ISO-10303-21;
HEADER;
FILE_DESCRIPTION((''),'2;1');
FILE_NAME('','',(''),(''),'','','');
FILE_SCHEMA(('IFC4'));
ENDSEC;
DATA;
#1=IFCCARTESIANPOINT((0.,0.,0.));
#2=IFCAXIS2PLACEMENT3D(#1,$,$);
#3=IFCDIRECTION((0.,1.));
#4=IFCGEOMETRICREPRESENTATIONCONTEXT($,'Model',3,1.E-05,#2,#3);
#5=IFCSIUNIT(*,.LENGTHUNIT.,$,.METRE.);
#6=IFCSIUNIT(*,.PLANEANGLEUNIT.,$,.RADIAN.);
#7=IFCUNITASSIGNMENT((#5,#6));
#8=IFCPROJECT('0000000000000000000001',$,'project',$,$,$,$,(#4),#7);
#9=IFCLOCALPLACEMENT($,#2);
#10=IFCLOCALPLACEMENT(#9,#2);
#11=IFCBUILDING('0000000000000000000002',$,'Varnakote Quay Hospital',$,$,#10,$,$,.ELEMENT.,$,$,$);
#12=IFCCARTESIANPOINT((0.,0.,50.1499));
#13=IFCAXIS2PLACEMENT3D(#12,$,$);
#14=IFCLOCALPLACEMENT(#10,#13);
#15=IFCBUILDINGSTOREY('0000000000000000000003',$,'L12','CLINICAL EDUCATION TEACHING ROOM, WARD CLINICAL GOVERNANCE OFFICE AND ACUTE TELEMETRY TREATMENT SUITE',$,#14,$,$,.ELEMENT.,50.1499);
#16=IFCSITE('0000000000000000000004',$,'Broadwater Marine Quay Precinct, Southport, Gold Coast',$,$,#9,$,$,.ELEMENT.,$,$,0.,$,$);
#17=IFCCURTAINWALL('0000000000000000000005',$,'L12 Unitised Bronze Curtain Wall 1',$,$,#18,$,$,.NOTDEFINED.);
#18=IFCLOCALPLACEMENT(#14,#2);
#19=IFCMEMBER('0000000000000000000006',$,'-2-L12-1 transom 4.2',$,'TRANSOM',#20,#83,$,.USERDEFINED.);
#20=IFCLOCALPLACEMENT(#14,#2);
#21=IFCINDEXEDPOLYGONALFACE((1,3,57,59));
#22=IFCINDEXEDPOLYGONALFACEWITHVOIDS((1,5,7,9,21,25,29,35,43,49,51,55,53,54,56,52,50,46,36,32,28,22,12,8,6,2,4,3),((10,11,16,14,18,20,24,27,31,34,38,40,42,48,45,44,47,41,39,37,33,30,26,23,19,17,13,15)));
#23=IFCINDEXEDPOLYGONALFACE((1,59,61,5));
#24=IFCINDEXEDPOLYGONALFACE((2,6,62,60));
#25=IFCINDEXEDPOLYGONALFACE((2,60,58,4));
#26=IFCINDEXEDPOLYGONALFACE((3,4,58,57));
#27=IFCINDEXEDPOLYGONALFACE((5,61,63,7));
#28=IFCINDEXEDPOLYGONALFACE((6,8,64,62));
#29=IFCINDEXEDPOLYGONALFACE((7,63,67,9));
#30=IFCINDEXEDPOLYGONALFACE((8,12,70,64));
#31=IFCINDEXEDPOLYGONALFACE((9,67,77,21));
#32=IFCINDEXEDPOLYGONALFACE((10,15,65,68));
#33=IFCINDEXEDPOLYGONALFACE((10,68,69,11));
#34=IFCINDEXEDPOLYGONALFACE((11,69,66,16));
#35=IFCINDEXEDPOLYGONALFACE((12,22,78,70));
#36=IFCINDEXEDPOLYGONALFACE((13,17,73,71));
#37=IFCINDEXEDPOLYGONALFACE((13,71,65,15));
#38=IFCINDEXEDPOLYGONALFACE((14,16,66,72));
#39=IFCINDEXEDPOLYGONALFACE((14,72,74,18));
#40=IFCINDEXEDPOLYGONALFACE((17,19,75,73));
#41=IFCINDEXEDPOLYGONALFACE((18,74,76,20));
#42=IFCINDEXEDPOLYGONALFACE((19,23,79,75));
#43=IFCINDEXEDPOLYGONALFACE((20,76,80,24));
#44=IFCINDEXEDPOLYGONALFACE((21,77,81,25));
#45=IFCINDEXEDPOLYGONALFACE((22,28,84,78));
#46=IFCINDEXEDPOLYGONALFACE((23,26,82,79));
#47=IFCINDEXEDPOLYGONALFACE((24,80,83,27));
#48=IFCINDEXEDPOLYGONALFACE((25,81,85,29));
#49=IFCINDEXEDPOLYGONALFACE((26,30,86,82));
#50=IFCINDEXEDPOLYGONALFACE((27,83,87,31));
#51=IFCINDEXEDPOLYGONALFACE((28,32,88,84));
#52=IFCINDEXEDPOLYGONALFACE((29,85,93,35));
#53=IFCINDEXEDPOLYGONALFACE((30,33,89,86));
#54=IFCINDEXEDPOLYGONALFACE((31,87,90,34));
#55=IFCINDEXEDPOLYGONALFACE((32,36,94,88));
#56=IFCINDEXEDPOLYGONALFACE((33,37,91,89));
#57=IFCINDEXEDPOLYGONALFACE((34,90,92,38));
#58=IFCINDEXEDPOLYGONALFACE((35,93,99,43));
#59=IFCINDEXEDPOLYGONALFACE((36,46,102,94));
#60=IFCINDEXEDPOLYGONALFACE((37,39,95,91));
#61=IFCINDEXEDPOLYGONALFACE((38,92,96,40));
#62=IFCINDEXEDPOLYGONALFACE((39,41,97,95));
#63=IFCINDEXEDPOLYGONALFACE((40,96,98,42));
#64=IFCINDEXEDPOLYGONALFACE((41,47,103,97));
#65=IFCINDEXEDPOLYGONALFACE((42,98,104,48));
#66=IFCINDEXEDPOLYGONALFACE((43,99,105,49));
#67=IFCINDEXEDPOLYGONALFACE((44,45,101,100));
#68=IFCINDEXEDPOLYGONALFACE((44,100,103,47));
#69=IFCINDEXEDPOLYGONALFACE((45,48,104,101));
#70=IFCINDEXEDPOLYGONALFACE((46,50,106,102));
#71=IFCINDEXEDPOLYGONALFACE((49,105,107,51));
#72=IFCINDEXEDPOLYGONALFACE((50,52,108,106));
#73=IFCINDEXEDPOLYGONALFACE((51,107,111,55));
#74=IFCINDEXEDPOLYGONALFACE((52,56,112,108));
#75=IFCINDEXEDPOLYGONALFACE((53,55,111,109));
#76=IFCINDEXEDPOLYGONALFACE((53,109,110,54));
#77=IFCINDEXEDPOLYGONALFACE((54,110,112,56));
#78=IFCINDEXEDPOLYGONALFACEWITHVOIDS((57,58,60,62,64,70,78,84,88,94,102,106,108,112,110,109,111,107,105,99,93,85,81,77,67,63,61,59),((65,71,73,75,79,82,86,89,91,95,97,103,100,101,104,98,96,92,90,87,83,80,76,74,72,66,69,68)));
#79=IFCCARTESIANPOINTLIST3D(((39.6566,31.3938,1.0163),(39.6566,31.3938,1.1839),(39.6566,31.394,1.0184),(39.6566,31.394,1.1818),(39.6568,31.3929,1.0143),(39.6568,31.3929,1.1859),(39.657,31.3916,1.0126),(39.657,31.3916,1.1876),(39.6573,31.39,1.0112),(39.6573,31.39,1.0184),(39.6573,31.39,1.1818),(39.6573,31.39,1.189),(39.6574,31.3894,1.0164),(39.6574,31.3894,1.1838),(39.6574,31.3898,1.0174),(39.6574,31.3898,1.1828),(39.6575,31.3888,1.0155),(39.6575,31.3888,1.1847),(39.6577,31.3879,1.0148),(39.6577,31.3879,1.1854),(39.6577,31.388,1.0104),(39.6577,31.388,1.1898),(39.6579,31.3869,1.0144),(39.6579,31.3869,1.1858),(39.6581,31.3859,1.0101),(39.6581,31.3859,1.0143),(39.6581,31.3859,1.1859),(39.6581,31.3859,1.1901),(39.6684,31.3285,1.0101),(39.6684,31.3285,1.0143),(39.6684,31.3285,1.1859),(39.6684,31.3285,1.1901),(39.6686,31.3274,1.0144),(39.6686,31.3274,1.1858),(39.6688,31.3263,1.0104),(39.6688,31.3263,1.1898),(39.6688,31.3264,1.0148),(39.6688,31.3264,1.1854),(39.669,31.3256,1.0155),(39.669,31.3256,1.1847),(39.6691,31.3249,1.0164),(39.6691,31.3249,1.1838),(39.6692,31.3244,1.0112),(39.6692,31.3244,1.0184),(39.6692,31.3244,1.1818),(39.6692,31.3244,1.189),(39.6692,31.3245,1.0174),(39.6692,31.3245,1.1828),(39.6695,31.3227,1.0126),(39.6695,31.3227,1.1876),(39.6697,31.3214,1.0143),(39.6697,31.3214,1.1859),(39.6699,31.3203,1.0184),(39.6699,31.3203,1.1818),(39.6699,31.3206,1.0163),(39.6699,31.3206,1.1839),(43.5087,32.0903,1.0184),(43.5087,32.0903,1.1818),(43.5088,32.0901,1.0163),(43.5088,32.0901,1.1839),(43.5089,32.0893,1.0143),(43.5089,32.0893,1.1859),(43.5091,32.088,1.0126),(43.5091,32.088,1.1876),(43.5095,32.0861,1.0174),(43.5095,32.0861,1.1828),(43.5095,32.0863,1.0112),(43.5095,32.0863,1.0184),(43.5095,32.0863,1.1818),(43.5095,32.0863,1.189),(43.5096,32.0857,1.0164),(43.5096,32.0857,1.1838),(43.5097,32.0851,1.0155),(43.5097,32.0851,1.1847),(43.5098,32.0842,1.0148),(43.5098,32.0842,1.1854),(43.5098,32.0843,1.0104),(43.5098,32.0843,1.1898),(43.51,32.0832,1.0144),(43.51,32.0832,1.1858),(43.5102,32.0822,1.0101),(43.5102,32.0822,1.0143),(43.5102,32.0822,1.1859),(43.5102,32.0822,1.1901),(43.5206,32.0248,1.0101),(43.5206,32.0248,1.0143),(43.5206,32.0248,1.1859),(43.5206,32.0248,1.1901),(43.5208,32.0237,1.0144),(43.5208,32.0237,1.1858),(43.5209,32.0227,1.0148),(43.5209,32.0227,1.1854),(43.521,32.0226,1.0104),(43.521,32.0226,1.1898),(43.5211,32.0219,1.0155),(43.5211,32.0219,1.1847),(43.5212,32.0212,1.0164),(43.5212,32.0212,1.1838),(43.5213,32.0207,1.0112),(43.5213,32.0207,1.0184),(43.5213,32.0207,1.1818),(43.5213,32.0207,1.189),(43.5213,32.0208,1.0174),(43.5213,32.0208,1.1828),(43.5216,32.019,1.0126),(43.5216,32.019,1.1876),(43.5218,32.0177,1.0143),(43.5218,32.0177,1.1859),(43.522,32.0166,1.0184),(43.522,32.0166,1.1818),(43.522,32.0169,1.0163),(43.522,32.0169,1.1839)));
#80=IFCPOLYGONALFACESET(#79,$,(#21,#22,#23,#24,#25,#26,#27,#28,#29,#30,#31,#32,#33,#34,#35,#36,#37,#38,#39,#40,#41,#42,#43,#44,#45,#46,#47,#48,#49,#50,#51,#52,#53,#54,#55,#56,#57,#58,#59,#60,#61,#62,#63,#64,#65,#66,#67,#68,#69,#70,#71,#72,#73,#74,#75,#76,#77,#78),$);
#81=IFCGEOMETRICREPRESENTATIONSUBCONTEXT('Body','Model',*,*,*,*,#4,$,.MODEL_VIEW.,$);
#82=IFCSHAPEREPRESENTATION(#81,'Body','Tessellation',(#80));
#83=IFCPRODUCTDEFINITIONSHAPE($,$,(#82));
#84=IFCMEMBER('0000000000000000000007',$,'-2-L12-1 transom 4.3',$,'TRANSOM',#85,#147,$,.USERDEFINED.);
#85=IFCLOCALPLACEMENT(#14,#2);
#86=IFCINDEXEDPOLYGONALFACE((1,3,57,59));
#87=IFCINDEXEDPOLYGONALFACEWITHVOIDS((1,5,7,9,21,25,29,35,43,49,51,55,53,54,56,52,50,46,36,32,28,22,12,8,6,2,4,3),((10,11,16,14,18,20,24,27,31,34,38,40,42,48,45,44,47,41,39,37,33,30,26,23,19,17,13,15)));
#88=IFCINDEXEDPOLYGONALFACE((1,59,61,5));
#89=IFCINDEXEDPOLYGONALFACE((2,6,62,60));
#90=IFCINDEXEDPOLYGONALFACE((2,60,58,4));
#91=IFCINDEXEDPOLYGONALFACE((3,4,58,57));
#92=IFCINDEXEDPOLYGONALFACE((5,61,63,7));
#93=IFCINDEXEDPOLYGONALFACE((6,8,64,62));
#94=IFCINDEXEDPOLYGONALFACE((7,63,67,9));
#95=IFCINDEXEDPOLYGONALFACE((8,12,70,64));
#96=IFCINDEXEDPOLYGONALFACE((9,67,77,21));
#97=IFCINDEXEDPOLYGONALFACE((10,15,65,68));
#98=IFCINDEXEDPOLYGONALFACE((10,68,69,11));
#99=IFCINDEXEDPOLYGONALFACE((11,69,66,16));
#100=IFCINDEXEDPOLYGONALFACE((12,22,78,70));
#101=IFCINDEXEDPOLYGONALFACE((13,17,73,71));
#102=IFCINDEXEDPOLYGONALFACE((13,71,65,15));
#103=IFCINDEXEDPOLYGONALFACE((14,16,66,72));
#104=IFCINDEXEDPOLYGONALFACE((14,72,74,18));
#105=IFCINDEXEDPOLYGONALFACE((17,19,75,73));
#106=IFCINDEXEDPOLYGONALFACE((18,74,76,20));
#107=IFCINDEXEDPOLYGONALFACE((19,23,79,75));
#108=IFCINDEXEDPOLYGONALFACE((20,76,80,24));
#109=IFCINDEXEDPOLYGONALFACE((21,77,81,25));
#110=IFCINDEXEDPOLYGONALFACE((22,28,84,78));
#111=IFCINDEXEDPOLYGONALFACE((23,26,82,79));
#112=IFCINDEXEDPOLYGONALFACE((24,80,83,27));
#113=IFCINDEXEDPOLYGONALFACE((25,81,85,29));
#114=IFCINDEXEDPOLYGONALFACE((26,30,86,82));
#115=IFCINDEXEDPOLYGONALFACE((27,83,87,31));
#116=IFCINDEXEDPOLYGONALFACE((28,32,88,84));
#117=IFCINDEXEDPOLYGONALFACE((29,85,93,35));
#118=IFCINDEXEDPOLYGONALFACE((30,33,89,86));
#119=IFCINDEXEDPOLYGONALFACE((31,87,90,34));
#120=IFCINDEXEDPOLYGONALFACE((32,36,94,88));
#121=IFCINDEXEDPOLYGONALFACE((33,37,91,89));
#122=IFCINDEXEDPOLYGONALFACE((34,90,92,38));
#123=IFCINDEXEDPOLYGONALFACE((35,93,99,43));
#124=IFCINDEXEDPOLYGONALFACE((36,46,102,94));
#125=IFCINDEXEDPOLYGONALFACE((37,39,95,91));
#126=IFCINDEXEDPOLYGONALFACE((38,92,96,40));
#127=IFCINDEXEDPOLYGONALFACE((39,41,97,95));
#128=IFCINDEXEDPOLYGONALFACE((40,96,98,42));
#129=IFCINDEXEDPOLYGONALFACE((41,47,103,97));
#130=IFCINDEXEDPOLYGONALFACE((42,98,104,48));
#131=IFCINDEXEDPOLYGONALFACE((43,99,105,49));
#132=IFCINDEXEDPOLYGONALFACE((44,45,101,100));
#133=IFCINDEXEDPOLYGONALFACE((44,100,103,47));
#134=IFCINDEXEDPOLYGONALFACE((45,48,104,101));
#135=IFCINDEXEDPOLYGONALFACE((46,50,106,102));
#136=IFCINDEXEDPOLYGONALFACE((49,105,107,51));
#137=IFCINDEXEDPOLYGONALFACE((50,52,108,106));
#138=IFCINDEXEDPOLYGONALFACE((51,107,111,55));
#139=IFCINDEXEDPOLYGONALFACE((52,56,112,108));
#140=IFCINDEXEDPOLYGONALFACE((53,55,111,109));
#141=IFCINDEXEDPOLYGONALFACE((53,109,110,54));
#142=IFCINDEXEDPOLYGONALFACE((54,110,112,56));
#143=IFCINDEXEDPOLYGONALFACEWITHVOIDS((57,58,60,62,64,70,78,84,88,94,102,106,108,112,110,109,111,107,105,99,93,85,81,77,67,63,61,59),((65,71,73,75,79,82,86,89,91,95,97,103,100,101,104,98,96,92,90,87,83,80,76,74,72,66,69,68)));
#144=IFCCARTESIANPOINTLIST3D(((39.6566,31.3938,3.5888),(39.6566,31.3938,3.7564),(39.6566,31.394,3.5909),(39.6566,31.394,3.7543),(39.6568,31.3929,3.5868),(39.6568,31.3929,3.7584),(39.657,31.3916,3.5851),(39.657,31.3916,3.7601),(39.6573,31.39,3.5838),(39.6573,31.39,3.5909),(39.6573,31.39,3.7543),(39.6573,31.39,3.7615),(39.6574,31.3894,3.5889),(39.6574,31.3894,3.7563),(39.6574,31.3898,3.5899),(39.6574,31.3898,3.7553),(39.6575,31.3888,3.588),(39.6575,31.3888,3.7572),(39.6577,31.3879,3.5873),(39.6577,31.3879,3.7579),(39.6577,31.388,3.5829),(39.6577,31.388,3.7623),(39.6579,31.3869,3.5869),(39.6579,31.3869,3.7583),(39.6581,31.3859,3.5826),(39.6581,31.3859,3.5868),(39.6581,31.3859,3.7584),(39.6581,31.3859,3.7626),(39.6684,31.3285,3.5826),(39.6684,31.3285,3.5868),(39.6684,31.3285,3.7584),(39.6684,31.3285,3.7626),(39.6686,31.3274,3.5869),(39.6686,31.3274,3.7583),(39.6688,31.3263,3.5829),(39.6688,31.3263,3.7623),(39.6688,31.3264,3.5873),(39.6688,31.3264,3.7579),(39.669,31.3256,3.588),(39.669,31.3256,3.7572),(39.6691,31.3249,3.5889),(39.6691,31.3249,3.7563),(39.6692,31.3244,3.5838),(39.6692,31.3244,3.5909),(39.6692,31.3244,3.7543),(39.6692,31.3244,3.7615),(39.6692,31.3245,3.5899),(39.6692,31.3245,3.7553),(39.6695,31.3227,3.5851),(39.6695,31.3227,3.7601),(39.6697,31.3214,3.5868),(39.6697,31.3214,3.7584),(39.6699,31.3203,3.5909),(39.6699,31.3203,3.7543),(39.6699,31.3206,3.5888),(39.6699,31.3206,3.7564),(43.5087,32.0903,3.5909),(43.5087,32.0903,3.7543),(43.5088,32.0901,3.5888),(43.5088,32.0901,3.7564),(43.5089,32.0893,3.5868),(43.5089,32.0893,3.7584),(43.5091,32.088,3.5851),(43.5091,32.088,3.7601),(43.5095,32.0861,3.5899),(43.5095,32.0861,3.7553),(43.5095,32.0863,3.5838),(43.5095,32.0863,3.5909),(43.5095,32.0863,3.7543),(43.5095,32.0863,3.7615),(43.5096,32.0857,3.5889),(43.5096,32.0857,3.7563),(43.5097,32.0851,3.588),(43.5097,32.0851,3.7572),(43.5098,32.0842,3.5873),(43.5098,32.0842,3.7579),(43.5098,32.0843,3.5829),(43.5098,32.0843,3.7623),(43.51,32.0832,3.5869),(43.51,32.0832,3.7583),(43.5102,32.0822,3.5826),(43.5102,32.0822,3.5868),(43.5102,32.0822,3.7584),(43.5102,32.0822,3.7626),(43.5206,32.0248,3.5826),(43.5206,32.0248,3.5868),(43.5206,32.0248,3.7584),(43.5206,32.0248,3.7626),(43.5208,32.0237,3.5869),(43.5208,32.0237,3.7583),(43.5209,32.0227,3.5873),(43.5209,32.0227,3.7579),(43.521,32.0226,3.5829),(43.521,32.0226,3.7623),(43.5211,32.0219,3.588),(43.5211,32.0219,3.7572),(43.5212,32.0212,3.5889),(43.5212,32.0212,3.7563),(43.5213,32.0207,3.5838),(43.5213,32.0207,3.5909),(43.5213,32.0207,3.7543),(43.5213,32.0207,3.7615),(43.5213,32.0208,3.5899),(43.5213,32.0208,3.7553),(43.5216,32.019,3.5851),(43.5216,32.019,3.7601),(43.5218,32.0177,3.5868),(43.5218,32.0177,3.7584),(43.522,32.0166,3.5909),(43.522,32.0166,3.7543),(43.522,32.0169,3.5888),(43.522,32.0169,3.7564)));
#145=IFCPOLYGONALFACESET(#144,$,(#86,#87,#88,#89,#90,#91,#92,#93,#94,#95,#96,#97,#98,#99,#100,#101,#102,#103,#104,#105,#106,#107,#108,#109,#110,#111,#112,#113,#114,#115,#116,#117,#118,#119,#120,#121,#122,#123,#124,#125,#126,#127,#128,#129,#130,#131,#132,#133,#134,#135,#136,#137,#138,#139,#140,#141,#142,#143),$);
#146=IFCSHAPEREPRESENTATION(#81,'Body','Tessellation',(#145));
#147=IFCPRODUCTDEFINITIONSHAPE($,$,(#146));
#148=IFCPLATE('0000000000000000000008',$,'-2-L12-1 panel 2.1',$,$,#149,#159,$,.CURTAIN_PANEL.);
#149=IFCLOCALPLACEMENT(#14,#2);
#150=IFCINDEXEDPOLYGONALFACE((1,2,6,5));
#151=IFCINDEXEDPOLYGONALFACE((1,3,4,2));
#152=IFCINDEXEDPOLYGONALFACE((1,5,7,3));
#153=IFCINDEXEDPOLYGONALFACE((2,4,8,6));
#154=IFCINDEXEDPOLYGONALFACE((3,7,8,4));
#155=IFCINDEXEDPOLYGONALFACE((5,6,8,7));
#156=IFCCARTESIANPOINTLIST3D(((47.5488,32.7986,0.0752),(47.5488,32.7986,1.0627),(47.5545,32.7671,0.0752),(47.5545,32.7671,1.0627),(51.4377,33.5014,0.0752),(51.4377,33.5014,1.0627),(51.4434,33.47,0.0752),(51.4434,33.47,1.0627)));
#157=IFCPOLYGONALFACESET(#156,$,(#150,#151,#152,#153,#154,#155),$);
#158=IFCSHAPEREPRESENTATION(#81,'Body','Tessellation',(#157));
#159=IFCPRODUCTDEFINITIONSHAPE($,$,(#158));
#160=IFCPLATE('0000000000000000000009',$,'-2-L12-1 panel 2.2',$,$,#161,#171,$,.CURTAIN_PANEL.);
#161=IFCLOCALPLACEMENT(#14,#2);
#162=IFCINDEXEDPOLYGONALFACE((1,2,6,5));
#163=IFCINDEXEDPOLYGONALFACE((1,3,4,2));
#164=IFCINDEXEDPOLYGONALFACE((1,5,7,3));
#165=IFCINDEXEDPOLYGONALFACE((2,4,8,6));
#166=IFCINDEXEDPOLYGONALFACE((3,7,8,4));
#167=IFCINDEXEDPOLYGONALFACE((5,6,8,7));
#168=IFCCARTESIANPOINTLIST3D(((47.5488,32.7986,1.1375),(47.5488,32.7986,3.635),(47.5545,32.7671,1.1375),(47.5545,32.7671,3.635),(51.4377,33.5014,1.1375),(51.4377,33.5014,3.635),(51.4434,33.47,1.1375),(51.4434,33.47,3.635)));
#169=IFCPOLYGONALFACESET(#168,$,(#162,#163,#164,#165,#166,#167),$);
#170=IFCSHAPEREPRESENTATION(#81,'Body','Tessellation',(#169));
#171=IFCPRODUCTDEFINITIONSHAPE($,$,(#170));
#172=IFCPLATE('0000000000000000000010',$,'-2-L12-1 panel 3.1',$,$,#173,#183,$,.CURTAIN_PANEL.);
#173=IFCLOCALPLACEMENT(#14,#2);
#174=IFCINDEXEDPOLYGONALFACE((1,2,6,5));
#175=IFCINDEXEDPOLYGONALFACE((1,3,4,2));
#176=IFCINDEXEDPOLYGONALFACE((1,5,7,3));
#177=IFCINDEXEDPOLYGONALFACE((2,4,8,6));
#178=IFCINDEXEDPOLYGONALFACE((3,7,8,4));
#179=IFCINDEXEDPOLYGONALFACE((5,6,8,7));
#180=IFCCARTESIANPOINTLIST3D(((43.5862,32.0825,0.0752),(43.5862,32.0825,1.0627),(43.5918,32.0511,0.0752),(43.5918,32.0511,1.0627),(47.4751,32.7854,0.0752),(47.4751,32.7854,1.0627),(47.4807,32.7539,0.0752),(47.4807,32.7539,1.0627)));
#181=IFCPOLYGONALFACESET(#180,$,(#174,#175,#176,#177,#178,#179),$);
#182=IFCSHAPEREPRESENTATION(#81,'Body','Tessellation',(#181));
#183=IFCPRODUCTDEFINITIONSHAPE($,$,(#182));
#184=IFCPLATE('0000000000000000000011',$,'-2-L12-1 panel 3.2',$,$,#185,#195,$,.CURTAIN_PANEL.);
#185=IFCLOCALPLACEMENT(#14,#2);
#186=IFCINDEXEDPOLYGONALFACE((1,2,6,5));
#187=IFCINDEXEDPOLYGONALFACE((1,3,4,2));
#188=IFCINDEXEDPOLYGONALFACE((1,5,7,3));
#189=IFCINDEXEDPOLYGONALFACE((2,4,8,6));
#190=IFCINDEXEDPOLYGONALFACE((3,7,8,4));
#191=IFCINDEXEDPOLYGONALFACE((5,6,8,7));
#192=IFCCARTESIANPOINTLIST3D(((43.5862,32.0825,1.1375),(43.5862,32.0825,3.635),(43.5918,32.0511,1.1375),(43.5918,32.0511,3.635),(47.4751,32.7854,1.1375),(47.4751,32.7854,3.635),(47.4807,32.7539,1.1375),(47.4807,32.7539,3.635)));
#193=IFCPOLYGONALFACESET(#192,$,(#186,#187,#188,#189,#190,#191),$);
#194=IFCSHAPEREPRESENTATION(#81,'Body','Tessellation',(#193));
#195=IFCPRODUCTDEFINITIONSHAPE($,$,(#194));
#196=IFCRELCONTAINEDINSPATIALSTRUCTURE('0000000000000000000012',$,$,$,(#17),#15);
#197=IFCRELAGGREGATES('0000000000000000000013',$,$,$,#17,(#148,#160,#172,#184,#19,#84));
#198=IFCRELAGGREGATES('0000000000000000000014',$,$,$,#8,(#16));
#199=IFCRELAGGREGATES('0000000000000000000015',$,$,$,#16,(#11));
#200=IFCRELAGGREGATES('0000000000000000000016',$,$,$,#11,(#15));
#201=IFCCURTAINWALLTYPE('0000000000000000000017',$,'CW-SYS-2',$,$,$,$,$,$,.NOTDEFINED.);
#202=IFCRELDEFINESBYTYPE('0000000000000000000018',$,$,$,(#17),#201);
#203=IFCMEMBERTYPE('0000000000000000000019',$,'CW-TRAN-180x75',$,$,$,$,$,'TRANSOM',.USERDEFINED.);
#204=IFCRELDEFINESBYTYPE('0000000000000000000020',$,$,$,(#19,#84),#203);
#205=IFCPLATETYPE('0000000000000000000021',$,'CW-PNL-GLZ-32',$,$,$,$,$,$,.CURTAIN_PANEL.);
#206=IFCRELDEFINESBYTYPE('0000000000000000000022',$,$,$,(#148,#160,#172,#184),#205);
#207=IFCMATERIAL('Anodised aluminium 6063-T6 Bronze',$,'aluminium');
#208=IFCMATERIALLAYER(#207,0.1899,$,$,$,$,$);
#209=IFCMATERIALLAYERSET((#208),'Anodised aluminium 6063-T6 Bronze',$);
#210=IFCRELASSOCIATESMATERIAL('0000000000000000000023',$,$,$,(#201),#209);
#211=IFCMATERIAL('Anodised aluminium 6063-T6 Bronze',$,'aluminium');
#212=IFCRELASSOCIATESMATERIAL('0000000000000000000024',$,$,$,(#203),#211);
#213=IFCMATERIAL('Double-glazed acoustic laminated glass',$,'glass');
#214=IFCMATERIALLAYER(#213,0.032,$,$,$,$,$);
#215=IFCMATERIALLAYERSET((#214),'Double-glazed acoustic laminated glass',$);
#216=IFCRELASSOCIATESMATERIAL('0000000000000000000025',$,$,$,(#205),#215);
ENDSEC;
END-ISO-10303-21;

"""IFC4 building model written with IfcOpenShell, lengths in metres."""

from ifc_helpers import new_model, si_unit, direction, frame, origin, origin_2d, place, context, subcontext, project, spatial, rectangle, hollow_rectangle, extrude, material, layer, layer_set, material_profile, profile_set, type_object, element, aggregate, save


model = new_model("IFC4")

# Units and contexts
model_context = context("Model", 3, precision=1e-05, world=origin(), true_north=direction((0.0, 1.0)))
body_context = subcontext(model_context, "Body", "Model", "MODEL_VIEW")
ifc_project = project(units=[si_unit("LENGTHUNIT", "METRE"), si_unit("PLANEANGLEUNIT", "RADIAN")], contexts=[model_context])

# Site, building, storey
site_placement = place(None, origin())
site = spatial("IfcSite", under=ifc_project, at=site_placement, Name="Broadwater Marine Quay Precinct, Southport, Gold Coast", CompositionType="ELEMENT", RefElevation=0.0)
building_placement = place(site_placement, origin())
building = spatial("IfcBuilding", under=site, at=building_placement, Name="Varnakote Quay Hospital", CompositionType="ELEMENT")
storey_placement = place(building_placement, frame((0.0, 0.0, 50.1499)))
storey = spatial("IfcBuildingStorey", under=building, at=storey_placement, Name="L12", Description="CLINICAL EDUCATION TEACHING ROOM, WARD CLINICAL GOVERNANCE OFFICE AND ACUTE TELEMETRY TREATMENT SUITE", CompositionType="ELEMENT", Elevation=50.1499)

# Curtain wall, members, plates
ifc_material_1 = material(Name="Anodised aluminium 6063-T6 Bronze", Category="aluminium")
ifc_layer_1 = layer(ifc_material_1, 0.1899)
ifc_layer_set_1 = layer_set([ifc_layer_1], Name="Anodised aluminium 6063-T6 Bronze")
curtain_wall_type = type_object("IfcCurtainWallType", Name="CW-SYS-2", PredefinedType="NOTDEFINED", material=ifc_layer_set_1)
curtain_wall_placement = place(storey_placement, origin())
curtain_wall = element("IfcCurtainWall", 1, at=curtain_wall_placement, inside=storey, type_object=curtain_wall_type, Name="L12 Unitised Bronze Curtain Wall 1", PredefinedType="NOTDEFINED")
ifc_material_2 = material(Name="Anodised aluminium 6063-T6 Bronze", Category="aluminium")
ifc_material_profile_1 = material_profile(ifc_material_2, hollow_rectangle(XDim=0.075, YDim=0.1799, WallThickness=0.0042, InnerFilletRadius=0.0042, OuterFilletRadius=0.0083, at=origin_2d()), Name="CW-TRAN-180x75")
ifc_profile_set_1 = profile_set([ifc_material_profile_1], Name="Anodised aluminium 6063-T6 Bronze")
member_type_1 = type_object("IfcMemberType", Name="CW-TRAN-180x75", ElementType="TRANSOM", PredefinedType="USERDEFINED", material=ifc_profile_set_1)
member_1_placement = place(storey_placement, frame((43.5154, 32.0535, 1.1001), z_axis=(-0.984053, -0.177875, 0.0), x_axis=(0.177875, -0.984053, 0.0)))
member_1 = element("IfcMember", 2, at=member_1_placement, type_object=member_type_1, Name="-2-L12-1 transom 4.2", ObjectType="TRANSOM", PredefinedType="USERDEFINED", context=body_context, shape_type="SweptSolid", body=[
    extrude(hollow_rectangle(XDim=0.075, YDim=0.1799, WallThickness=0.0042, InnerFilletRadius=0.0042, OuterFilletRadius=0.0083, at=origin_2d()), origin(), (0.0, 0.0, 1.0), 3.9146),
])
member_2_placement = place(storey_placement, frame((43.5154, 32.0535, 3.6726), z_axis=(-0.984053, -0.177875, 0.0), x_axis=(0.177875, -0.984053, 0.0)))
member_2 = element("IfcMember", 3, at=member_2_placement, type_object=member_type_1, Name="-2-L12-1 transom 4.3", ObjectType="TRANSOM", PredefinedType="USERDEFINED", context=body_context, shape_type="SweptSolid", body=[
    extrude(hollow_rectangle(XDim=0.075, YDim=0.1799, WallThickness=0.0042, InnerFilletRadius=0.0042, OuterFilletRadius=0.0083, at=origin_2d()), origin(), (0.0, 0.0, 1.0), 3.9146),
])
ifc_material_3 = material(Name="Double-glazed acoustic laminated glass", Category="glass")
ifc_layer_2 = layer(ifc_material_3, 0.032)
ifc_layer_set_2 = layer_set([ifc_layer_2], Name="Double-glazed acoustic laminated glass")
plate_type = type_object("IfcPlateType", Name="CW-PNL-GLZ-32", PredefinedType="CURTAIN_PANEL", material=ifc_layer_set_2)
plate_1_placement = place(storey_placement, frame((49.4961, 33.1343, 0.0752), z_axis=(0.0, 0.0, 1.0), x_axis=(-0.984058, -0.177846, 0.0)))
plate_1 = element("IfcPlate", 4, at=plate_1_placement, type_object=plate_type, Name="-2-L12-1 panel 2.1", PredefinedType="CURTAIN_PANEL", context=body_context, shape_type="SweptSolid", body=[
    extrude(rectangle(XDim=3.9519, YDim=0.032, at=origin_2d()), origin(), (0.0, 0.0, 1.0), 0.9875),
])
plate_2_placement = place(storey_placement, frame((49.4961, 33.1343, 1.1375), z_axis=(0.0, 0.0, 1.0), x_axis=(-0.984058, -0.177846, 0.0)))
plate_2 = element("IfcPlate", 5, at=plate_2_placement, type_object=plate_type, Name="-2-L12-1 panel 2.2", PredefinedType="CURTAIN_PANEL", context=body_context, shape_type="SweptSolid", body=[
    extrude(rectangle(XDim=3.9519, YDim=0.032, at=origin_2d()), origin(), (0.0, 0.0, 1.0), 2.4976),
])
plate_3_placement = place(storey_placement, frame((45.5334, 32.4182, 0.0752), z_axis=(0.0, 0.0, 1.0), x_axis=(-0.984058, -0.177846, 0.0)))
plate_3 = element("IfcPlate", 6, at=plate_3_placement, type_object=plate_type, Name="-2-L12-1 panel 3.1", PredefinedType="CURTAIN_PANEL", context=body_context, shape_type="SweptSolid", body=[
    extrude(rectangle(XDim=3.9519, YDim=0.032, at=origin_2d()), origin(), (0.0, 0.0, 1.0), 0.9875),
])
plate_4_placement = place(storey_placement, frame((45.5334, 32.4182, 1.1375), z_axis=(0.0, 0.0, 1.0), x_axis=(-0.984058, -0.177846, 0.0)))
plate_4 = element("IfcPlate", 7, at=plate_4_placement, type_object=plate_type, Name="-2-L12-1 panel 3.2", PredefinedType="CURTAIN_PANEL", context=body_context, shape_type="SweptSolid", body=[
    extrude(rectangle(XDim=3.9519, YDim=0.032, at=origin_2d()), origin(), (0.0, 0.0, 1.0), 2.4976),
])
aggregate(curtain_wall, [plate_1, plate_2, plate_3, plate_4, member_1, member_2])

save(model, "model.ifc")
